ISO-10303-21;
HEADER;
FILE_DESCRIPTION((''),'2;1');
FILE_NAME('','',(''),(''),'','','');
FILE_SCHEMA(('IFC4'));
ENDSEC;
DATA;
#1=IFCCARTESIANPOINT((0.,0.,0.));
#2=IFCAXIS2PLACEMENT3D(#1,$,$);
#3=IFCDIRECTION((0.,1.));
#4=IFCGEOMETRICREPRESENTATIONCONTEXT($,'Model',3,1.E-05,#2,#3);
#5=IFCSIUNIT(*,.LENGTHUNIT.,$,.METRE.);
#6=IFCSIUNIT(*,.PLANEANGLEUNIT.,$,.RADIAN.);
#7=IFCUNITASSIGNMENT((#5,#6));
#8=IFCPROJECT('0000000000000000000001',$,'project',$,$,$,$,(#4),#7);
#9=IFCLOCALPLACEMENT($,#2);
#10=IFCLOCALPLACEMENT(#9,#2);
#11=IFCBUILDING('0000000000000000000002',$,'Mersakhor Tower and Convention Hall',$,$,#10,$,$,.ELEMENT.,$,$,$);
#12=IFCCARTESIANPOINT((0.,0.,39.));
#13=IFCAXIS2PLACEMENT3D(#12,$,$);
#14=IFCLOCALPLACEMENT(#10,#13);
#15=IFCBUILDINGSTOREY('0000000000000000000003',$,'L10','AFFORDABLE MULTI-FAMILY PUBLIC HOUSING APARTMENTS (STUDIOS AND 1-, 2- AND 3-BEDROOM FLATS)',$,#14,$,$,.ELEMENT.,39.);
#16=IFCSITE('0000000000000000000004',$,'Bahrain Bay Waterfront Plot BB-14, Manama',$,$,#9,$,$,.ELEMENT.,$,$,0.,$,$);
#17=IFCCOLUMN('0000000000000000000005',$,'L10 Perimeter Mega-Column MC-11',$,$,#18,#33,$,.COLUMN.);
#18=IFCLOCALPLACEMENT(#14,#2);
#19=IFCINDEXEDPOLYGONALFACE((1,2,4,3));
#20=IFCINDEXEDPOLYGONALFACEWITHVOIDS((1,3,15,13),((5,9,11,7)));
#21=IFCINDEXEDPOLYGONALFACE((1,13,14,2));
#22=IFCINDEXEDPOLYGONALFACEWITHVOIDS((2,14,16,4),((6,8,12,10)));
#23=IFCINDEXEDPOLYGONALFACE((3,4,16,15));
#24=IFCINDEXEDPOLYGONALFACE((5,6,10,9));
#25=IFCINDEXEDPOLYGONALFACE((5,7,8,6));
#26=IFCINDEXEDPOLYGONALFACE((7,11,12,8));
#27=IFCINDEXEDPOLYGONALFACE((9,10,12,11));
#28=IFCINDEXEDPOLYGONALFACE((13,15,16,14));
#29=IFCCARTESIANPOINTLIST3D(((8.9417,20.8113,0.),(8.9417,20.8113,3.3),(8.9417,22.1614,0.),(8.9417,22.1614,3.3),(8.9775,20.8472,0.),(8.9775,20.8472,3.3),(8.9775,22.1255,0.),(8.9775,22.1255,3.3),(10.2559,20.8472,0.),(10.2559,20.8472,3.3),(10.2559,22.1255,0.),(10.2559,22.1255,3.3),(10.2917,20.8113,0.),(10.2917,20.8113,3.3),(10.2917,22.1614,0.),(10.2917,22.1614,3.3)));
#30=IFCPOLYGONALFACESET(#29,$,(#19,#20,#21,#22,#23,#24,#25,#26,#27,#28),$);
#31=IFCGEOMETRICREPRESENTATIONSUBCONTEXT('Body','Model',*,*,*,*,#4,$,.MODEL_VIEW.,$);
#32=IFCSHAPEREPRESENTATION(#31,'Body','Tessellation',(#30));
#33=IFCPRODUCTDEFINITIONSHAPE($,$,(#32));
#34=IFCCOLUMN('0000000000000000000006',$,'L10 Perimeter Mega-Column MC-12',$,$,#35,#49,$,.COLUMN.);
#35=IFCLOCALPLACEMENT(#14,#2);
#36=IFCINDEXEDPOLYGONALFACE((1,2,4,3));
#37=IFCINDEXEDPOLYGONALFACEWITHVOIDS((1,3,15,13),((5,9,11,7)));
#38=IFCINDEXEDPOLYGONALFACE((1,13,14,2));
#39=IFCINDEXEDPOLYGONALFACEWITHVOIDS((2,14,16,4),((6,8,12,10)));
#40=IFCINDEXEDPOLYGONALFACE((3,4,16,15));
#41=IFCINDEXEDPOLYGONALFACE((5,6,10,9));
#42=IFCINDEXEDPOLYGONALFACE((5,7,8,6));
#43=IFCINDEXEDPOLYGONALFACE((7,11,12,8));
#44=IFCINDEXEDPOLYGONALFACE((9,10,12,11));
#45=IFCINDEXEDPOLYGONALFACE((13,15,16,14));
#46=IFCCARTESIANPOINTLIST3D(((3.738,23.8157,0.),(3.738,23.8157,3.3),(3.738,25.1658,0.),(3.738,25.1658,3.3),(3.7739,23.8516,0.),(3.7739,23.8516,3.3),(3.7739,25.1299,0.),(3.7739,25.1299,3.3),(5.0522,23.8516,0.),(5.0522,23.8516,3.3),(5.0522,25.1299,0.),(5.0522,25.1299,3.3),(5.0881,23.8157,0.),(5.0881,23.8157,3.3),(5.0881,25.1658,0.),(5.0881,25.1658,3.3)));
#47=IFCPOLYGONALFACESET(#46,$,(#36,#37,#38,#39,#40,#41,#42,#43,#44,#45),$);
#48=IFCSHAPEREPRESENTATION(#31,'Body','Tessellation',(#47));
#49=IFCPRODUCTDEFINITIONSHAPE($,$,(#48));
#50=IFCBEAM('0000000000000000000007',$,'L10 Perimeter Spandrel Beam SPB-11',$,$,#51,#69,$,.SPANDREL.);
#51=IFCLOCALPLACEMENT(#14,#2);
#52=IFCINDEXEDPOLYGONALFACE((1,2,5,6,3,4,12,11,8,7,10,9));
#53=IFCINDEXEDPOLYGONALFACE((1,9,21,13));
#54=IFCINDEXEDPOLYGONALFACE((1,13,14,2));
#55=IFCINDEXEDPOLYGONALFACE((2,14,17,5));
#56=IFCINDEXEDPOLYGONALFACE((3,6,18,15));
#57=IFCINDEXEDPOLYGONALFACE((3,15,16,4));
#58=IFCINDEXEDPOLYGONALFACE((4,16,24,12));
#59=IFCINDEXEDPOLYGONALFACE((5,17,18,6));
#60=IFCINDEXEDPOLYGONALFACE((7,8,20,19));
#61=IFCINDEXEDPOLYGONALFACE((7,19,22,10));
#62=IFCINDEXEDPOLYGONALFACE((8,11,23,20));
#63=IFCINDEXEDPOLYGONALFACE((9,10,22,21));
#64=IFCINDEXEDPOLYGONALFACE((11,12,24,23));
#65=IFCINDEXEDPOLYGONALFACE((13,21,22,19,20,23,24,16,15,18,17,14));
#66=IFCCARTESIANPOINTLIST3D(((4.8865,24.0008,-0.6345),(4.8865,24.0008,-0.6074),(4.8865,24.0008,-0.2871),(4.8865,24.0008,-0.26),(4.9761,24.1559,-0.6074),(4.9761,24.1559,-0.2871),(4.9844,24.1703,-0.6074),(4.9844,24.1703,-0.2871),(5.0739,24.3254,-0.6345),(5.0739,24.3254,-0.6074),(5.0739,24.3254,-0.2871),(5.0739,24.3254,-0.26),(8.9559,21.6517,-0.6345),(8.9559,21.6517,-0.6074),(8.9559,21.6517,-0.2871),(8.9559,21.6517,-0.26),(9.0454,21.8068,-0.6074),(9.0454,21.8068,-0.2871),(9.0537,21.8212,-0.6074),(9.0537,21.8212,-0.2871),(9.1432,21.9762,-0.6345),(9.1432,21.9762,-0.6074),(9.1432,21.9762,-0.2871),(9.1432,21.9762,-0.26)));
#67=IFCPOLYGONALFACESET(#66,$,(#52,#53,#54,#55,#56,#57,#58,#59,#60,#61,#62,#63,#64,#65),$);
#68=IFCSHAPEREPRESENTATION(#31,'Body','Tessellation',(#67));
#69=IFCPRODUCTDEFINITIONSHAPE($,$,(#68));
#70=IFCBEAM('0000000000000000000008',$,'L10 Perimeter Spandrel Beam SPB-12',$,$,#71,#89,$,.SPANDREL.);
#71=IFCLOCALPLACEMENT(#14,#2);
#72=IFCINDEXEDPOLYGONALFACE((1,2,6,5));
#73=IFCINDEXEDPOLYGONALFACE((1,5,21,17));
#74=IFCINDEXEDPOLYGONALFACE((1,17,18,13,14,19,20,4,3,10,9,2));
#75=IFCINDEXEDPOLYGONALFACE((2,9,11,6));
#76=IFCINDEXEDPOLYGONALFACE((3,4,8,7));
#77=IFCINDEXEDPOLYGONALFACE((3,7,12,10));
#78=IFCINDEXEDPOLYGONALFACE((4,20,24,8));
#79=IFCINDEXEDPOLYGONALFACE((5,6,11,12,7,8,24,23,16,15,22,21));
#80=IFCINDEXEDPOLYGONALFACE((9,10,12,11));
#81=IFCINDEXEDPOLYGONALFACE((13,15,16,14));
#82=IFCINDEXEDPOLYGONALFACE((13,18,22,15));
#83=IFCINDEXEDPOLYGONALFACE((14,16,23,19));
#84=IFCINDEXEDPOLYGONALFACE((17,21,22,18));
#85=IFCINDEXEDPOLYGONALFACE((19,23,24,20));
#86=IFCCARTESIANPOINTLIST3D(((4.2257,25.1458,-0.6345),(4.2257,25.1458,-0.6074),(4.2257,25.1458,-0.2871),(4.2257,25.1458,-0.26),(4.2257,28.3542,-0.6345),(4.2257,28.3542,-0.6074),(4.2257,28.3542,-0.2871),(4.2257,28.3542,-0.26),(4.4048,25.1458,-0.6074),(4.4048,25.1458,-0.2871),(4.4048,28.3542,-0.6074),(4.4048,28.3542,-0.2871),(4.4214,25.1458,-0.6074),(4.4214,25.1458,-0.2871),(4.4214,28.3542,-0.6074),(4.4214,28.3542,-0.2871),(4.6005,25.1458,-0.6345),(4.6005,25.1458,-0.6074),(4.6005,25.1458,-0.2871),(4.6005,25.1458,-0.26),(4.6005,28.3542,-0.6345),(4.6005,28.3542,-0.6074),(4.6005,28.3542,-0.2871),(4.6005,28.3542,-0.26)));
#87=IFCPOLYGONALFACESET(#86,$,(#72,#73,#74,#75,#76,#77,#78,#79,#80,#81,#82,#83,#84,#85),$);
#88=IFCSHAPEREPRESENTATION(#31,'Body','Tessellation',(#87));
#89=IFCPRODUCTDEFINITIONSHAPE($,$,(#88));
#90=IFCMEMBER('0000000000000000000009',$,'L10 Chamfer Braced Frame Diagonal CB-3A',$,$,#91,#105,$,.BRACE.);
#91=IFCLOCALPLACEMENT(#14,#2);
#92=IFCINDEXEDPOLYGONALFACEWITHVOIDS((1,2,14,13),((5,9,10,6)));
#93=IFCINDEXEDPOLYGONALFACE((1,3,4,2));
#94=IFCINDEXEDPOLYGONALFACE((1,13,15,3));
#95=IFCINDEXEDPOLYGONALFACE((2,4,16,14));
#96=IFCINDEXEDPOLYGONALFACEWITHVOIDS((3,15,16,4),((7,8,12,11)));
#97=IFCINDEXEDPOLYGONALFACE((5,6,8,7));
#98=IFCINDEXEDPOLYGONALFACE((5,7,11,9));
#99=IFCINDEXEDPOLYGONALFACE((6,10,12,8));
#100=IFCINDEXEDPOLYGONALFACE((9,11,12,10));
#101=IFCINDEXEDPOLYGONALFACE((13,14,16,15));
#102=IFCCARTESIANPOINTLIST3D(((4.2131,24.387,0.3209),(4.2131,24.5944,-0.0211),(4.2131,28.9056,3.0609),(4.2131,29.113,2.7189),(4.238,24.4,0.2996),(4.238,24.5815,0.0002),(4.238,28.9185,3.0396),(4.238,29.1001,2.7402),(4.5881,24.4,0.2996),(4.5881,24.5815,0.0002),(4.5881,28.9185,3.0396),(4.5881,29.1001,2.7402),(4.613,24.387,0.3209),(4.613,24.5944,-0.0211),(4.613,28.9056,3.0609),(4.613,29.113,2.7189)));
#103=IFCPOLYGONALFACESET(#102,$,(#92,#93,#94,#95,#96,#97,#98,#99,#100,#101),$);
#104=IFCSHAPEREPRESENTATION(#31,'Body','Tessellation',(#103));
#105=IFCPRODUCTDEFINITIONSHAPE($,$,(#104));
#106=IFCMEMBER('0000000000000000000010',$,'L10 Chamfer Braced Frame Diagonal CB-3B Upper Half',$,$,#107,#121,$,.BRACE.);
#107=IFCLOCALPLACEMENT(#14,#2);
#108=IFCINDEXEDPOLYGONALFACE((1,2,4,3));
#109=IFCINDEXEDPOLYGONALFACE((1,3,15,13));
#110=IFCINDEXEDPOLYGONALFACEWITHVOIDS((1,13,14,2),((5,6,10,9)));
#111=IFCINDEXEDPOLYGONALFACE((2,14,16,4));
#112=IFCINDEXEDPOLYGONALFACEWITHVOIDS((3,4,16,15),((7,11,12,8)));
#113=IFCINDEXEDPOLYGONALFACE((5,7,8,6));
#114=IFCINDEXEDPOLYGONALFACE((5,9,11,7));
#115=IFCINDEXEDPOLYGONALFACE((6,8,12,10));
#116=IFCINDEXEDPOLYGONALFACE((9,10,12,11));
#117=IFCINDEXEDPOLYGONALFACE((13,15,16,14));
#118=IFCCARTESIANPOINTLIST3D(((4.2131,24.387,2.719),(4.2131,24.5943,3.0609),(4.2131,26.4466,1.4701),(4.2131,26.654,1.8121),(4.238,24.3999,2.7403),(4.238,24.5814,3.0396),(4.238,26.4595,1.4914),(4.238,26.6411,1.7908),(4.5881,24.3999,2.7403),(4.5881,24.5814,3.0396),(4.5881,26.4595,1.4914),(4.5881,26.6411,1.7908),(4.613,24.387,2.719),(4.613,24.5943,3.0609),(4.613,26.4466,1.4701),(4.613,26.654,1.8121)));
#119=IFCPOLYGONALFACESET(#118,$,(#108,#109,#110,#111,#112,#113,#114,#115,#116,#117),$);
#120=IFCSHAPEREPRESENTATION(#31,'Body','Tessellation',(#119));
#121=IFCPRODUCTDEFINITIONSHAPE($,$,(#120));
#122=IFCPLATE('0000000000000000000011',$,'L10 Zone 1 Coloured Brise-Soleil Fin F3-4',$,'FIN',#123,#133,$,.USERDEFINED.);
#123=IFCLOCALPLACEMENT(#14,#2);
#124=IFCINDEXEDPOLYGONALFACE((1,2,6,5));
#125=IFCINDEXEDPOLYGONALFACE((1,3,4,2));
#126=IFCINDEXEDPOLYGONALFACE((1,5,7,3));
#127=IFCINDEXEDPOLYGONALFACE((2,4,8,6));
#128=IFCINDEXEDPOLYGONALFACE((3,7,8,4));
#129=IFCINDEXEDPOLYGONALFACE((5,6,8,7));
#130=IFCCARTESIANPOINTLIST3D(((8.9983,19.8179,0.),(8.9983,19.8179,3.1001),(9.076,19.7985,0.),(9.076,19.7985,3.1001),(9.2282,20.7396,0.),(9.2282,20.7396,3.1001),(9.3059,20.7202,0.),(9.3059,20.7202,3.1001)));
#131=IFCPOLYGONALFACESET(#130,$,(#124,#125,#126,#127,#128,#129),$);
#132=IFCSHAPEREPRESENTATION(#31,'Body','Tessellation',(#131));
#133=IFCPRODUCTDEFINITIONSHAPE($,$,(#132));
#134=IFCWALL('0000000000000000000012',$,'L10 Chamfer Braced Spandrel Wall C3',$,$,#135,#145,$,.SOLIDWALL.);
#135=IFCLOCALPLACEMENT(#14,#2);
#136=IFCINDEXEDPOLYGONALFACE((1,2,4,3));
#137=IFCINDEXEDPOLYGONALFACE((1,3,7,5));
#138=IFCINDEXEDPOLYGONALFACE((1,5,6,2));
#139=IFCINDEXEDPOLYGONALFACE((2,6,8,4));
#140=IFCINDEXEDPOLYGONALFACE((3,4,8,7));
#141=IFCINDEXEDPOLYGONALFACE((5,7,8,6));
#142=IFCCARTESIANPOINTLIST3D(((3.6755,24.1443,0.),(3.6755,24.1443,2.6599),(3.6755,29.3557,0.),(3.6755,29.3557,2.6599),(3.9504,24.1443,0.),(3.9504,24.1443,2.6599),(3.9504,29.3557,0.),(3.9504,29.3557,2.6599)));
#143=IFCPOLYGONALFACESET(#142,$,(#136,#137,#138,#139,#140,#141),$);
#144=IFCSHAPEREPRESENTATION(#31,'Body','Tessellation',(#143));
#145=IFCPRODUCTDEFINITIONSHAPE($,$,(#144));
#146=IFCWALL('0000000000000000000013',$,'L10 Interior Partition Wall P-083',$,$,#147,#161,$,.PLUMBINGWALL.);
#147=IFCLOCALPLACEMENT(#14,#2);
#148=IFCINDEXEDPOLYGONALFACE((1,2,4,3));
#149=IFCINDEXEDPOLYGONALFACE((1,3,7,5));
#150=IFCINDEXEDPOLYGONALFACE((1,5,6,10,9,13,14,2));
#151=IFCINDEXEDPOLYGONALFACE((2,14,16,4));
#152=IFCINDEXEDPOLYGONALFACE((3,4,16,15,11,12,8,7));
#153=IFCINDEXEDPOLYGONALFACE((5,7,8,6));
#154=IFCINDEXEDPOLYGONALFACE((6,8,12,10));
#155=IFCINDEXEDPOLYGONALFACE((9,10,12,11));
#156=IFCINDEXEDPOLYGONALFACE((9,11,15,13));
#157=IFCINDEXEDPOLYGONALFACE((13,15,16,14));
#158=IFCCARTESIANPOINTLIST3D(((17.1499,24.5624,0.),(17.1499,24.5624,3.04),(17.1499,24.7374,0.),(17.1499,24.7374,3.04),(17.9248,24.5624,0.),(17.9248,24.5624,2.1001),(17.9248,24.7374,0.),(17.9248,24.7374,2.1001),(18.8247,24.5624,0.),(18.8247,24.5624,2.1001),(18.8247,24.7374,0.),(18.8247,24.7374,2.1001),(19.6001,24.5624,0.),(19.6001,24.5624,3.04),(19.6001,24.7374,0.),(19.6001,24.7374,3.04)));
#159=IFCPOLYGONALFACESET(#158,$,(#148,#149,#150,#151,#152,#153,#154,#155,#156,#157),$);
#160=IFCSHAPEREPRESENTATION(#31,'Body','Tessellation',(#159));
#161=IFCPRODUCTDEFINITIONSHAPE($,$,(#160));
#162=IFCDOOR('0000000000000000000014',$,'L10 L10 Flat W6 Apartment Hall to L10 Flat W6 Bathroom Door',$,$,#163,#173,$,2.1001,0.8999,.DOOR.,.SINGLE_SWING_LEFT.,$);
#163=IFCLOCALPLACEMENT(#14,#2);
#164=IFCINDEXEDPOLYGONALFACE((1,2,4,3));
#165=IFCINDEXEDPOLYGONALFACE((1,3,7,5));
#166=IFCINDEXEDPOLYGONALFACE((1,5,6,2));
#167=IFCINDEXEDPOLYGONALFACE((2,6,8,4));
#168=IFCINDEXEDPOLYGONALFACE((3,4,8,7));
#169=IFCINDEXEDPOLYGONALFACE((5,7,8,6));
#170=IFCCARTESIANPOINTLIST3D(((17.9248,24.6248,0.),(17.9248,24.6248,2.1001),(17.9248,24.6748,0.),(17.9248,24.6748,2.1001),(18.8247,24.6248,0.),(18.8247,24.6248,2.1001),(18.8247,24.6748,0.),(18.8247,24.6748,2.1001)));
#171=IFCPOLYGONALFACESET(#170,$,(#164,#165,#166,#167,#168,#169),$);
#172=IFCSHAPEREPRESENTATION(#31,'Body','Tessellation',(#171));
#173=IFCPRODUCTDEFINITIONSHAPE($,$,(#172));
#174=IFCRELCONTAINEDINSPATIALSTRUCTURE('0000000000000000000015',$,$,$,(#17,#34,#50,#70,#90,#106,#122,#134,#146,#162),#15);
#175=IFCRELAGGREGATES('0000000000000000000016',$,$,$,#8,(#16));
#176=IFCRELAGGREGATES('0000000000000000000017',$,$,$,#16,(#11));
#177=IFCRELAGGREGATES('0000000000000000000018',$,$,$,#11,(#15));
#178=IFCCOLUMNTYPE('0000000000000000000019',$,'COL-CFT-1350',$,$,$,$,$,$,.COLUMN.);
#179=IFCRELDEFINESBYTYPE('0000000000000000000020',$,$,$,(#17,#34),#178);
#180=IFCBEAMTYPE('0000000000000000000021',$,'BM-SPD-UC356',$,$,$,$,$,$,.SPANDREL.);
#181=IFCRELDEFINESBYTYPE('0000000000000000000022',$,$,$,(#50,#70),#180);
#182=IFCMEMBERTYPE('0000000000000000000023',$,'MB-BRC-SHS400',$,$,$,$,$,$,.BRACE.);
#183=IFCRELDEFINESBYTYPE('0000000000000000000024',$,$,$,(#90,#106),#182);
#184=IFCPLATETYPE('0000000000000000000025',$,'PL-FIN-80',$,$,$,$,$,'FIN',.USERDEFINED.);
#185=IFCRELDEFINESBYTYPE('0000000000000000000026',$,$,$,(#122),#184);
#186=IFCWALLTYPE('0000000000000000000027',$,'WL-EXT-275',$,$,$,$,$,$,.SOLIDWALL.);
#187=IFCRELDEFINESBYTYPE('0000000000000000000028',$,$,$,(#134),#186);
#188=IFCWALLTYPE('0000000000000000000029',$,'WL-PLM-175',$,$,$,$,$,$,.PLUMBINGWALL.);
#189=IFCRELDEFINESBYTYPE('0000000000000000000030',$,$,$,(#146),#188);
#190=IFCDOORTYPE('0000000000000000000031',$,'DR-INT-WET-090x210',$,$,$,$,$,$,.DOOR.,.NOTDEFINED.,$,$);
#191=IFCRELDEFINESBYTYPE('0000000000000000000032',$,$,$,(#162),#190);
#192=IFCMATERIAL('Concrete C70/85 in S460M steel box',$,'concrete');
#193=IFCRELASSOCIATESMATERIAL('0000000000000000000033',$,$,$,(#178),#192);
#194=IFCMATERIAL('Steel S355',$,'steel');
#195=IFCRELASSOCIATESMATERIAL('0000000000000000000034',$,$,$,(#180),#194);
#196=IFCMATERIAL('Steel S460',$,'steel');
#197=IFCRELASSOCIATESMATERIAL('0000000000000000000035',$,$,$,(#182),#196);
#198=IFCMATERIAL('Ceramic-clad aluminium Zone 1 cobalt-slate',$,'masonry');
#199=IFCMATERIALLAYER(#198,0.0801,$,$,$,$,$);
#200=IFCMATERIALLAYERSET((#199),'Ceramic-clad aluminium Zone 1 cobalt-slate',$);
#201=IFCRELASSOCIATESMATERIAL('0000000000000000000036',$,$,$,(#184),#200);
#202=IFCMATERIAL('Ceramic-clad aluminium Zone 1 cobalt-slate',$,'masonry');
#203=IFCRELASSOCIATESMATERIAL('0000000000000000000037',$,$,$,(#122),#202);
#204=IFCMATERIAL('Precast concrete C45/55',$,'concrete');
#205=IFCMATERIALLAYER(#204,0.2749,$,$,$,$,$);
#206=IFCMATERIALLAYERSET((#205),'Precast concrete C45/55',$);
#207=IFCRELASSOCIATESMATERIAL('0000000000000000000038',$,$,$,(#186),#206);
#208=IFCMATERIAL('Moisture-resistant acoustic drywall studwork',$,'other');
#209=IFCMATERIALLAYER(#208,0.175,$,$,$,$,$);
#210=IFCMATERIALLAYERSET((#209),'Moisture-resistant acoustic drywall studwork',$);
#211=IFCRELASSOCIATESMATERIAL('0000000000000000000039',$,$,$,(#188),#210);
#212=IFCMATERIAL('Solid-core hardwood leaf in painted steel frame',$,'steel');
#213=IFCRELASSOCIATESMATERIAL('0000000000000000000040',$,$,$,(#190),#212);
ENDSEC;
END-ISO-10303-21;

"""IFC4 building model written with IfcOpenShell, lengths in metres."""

from ifc_helpers import new_model, si_unit, direction, frame, frame_2d, origin, origin_2d, place, context, subcontext, project, spatial, rectangle, hollow_rectangle, i_section, extrude, material, layer, layer_set, material_profile, profile_set, type_object, element, fill, save


model = new_model("IFC4")

# Units and contexts
model_context = context("Model", 3, precision=1e-05, world=origin(), true_north=direction((0.0, 1.0)))
body_context = subcontext(model_context, "Body", "Model", "MODEL_VIEW")
ifc_project = project(units=[si_unit("LENGTHUNIT", "METRE"), si_unit("PLANEANGLEUNIT", "RADIAN")], contexts=[model_context])

# Site, building, storey
site_placement = place(None, origin())
site = spatial("IfcSite", under=ifc_project, at=site_placement, Name="Bahrain Bay Waterfront Plot BB-14, Manama", CompositionType="ELEMENT", RefElevation=0.0)
building_placement = place(site_placement, origin())
building = spatial("IfcBuilding", under=site, at=building_placement, Name="Mersakhor Tower and Convention Hall", CompositionType="ELEMENT")
storey_placement = place(building_placement, frame((0.0, 0.0, 39.0)))
storey = spatial("IfcBuildingStorey", under=building, at=storey_placement, Name="L10", Description="AFFORDABLE MULTI-FAMILY PUBLIC HOUSING APARTMENTS (STUDIOS AND 1-, 2- AND 3-BEDROOM FLATS)", CompositionType="ELEMENT", Elevation=39.0)

# Columns
ifc_material_1 = material(Name="Concrete C70/85 in S460M steel box", Category="concrete")
ifc_material_profile_1 = material_profile(ifc_material_1, hollow_rectangle(XDim=1.3501, YDim=1.3501, WallThickness=0.0359, at=origin_2d()), Name="SHS 1350x1350x36")
ifc_profile_set_1 = profile_set([ifc_material_profile_1], Name="Concrete C70/85 in S460M steel box")
column_type = type_object("IfcColumnType", Name="COL-CFT-1350", PredefinedType="COLUMN", material=ifc_profile_set_1)
for number, where, z_axis, x_axis, name in (
    (1, (9.6167, 21.4863, 0.0), (0.0, 0.0, 1.0), (1.0, 0.0, 0.0), "L10 Perimeter Mega-Column MC-11"),
    (2, (4.4131, 24.4907, 0.0), (0.0, 0.0, 1.0), (1.0, 0.0, 0.0), "L10 Perimeter Mega-Column MC-12"),
):
    element("IfcColumn", number, at=place(storey_placement, frame(where, z_axis=z_axis, x_axis=x_axis)), inside=storey, type_object=column_type, Name=name, PredefinedType="COLUMN", context=body_context, shape_type="SweptSolid", body=[
        extrude(hollow_rectangle(XDim=1.3501, YDim=1.3501, WallThickness=0.0359, at=origin_2d()), origin(), (0.0, 0.0, 1.0), 3.3),
    ])

# Beams
ifc_material_2 = material(Name="Steel S355", Category="steel")
ifc_material_profile_2 = material_profile(ifc_material_2, i_section(OverallWidth=0.3748, OverallDepth=0.3745, WebThickness=0.0166, FlangeThickness=0.0271, at=origin_2d()), Name="UC 356x368x202")
ifc_profile_set_2 = profile_set([ifc_material_profile_2], Name="Steel S355")
beam_type = type_object("IfcBeamType", Name="BM-SPD-UC356", PredefinedType="SPANDREL", material=ifc_profile_set_2)
beam_1_placement = place(storey_placement, frame((9.0496, 21.814, -0.4473), z_axis=(-0.866054, 0.49995, 0.0), x_axis=(-0.49995, -0.866054, 0.0)))
element("IfcBeam", 3, at=beam_1_placement, inside=storey, type_object=beam_type, Name="L10 Perimeter Spandrel Beam SPB-11", PredefinedType="SPANDREL", context=body_context, shape_type="SweptSolid", body=[
    extrude(i_section(OverallWidth=0.3748, OverallDepth=0.3745, WebThickness=0.0166, FlangeThickness=0.0271, at=origin_2d()), origin(), (0.0, 0.0, 1.0), 4.6987),
])
beam_2_placement = place(storey_placement, frame((4.4131, 25.1458, -0.4473), z_axis=(0.0, 1.0, 0.0), x_axis=(-1.0, 0.0, 0.0)))
element("IfcBeam", 4, at=beam_2_placement, inside=storey, type_object=beam_type, Name="L10 Perimeter Spandrel Beam SPB-12", PredefinedType="SPANDREL", context=body_context, shape_type="SweptSolid", body=[
    extrude(i_section(OverallWidth=0.3748, OverallDepth=0.3745, WebThickness=0.0166, FlangeThickness=0.0271, at=origin_2d()), origin(), (0.0, 0.0, 1.0), 3.2085),
])

# Members
ifc_material_3 = material(Name="Steel S460", Category="steel")
ifc_material_profile_3 = material_profile(ifc_material_3, hollow_rectangle(XDim=0.3999, YDim=0.3999, WallThickness=0.0249, at=origin_2d()), Name="SHS 400x400x25")
ifc_profile_set_3 = profile_set([ifc_material_profile_3], Name="Steel S460")
member_type = type_object("IfcMemberType", Name="MB-BRC-SHS400", PredefinedType="BRACE", material=ifc_profile_set_3)
member_1_placement = place(storey_placement, frame((4.4131, 24.4907, 0.1499), z_axis=(0.0, 0.855074, 0.518505), x_axis=(-1.0, 0.0, 0.0)))
element("IfcMember", 5, at=member_1_placement, inside=storey, type_object=member_type, Name="L10 Chamfer Braced Frame Diagonal CB-3A", PredefinedType="BRACE", context=body_context, shape_type="SweptSolid", body=[
    extrude(hollow_rectangle(XDim=0.3999, YDim=0.3999, WallThickness=0.0249, at=origin_2d()), origin(), (0.0, 0.0, 1.0), 5.2844),
])
member_2_placement = place(storey_placement, frame((4.4131, 26.5503, 1.6411), z_axis=(0.0, -0.855096, 0.51847), x_axis=(1.0, 0.0, 0.0)))
element("IfcMember", 6, at=member_2_placement, inside=storey, type_object=member_type, Name="L10 Chamfer Braced Frame Diagonal CB-3B Upper Half", PredefinedType="BRACE", context=body_context, shape_type="SweptSolid", body=[
    extrude(hollow_rectangle(XDim=0.3999, YDim=0.3999, WallThickness=0.0249, at=origin_2d()), origin(), (0.0, 0.0, 1.0), 2.4087),
])

# Plate
ifc_material_4 = material(Name="Ceramic-clad aluminium Zone 1 cobalt-slate", Category="masonry")
ifc_material_5 = material(Name="Ceramic-clad aluminium Zone 1 cobalt-slate", Category="masonry")
ifc_layer_1 = layer(ifc_material_5, 0.0801)
ifc_layer_set_1 = layer_set([ifc_layer_1], Name="Ceramic-clad aluminium Zone 1 cobalt-slate")
plate_type = type_object("IfcPlateType", Name="PL-FIN-80", ElementType="FIN", PredefinedType="USERDEFINED", material=ifc_layer_set_1)
plate_placement = place(storey_placement, frame((9.1521, 20.269, 0.0), z_axis=(0.0, 0.0, 1.0), x_axis=(-0.241922, -0.970296, 0.0)))
element("IfcPlate", 7, at=plate_placement, inside=storey, type_object=plate_type, material=ifc_material_4, Name="L10 Zone 1 Coloured Brise-Soleil Fin F3-4", ObjectType="FIN", PredefinedType="USERDEFINED", context=body_context, shape_type="SweptSolid", body=[
    extrude(rectangle(XDim=0.95, YDim=0.0801, at=origin_2d()), origin(), (0.0, 0.0, 1.0), 3.1001),
])

# Wall
ifc_material_6 = material(Name="Precast concrete C45/55", Category="concrete")
ifc_layer_2 = layer(ifc_material_6, 0.2749)
ifc_layer_set_2 = layer_set([ifc_layer_2], Name="Precast concrete C45/55")
wall_type_1 = type_object("IfcWallType", Name="WL-EXT-275", PredefinedType="SOLIDWALL", material=ifc_layer_set_2)
wall_1_placement = place(storey_placement, frame((3.813, 24.1443, 0.0), z_axis=(0.0, 0.0, 1.0), x_axis=(0.0, 1.0, 0.0)))
element("IfcWall", 8, at=wall_1_placement, inside=storey, type_object=wall_type_1, Name="L10 Chamfer Braced Spandrel Wall C3", PredefinedType="SOLIDWALL", context=body_context, shape_type="SweptSolid", body=[
    extrude(rectangle(XDim=5.2114, YDim=0.2749, at=frame_2d((2.6057, 0.0))), origin(), (0.0, 0.0, 1.0), 2.6599),
])

# Wall, opening, door
ifc_material_7 = material(Name="Moisture-resistant acoustic drywall studwork", Category="other")
ifc_layer_3 = layer(ifc_material_7, 0.175)
ifc_layer_set_3 = layer_set([ifc_layer_3], Name="Moisture-resistant acoustic drywall studwork")
wall_type_2 = type_object("IfcWallType", Name="WL-PLM-175", PredefinedType="PLUMBINGWALL", material=ifc_layer_set_3)
wall_2_placement = place(storey_placement, frame((17.1499, 24.6499, 0.0), z_axis=(0.0, 0.0, 1.0), x_axis=(1.0, 0.0, 0.0)))
wall_2 = element("IfcWall", 9, at=wall_2_placement, inside=storey, type_object=wall_type_2, Name="L10 Interior Partition Wall P-083", PredefinedType="PLUMBINGWALL", context=body_context, shape_type="SweptSolid", body=[
    extrude(rectangle(XDim=2.4502, YDim=0.175, at=frame_2d((1.2251, 0.0))), origin(), (0.0, 0.0, 1.0), 3.04),
])
opening_1_placement = place(wall_2_placement, frame((0.7749, 0.0, 0.0)))
opening_1 = element("IfcOpeningElement", 10, at=opening_1_placement, cuts=wall_2, PredefinedType="OPENING", context=body_context, shape_type="SweptSolid", body=[
    extrude(rectangle(XDim=0.8999, YDim=2.1001, at=frame_2d((0.45, 1.05))), frame((0.0, 0.0974, 0.0), z_axis=(0.0, -1.0, 0.0), x_axis=(1.0, 0.0, 0.0)), (0.0, 0.0, 1.0), 0.1951),
])
ifc_material_8 = material(Name="Solid-core hardwood leaf in painted steel frame", Category="steel")
door_type_1 = type_object("IfcDoorType", Name="DR-INT-WET-090x210", OperationType="NOTDEFINED", PredefinedType="DOOR", material=ifc_material_8)
door_1_placement = place(opening_1_placement, origin())
door_1 = element("IfcDoor", 11, at=door_1_placement, inside=storey, type_object=door_type_1, Name="L10 L10 Flat W6 Apartment Hall to L10 Flat W6 Bathroom Door", OperationType="SINGLE_SWING_LEFT", OverallHeight=2.1001, OverallWidth=0.8999, PredefinedType="DOOR", context=body_context, shape_type="SweptSolid", body=[
    extrude(rectangle(XDim=0.8999, YDim=2.1001, at=frame_2d((0.45, 1.05))), frame((0.0, 0.0249, 0.0), z_axis=(0.0, -1.0, 0.0), x_axis=(1.0, 0.0, 0.0)), (0.0, 0.0, 1.0), 0.05),
])
fill(opening_1, door_1)

save(model, "model.ifc")
